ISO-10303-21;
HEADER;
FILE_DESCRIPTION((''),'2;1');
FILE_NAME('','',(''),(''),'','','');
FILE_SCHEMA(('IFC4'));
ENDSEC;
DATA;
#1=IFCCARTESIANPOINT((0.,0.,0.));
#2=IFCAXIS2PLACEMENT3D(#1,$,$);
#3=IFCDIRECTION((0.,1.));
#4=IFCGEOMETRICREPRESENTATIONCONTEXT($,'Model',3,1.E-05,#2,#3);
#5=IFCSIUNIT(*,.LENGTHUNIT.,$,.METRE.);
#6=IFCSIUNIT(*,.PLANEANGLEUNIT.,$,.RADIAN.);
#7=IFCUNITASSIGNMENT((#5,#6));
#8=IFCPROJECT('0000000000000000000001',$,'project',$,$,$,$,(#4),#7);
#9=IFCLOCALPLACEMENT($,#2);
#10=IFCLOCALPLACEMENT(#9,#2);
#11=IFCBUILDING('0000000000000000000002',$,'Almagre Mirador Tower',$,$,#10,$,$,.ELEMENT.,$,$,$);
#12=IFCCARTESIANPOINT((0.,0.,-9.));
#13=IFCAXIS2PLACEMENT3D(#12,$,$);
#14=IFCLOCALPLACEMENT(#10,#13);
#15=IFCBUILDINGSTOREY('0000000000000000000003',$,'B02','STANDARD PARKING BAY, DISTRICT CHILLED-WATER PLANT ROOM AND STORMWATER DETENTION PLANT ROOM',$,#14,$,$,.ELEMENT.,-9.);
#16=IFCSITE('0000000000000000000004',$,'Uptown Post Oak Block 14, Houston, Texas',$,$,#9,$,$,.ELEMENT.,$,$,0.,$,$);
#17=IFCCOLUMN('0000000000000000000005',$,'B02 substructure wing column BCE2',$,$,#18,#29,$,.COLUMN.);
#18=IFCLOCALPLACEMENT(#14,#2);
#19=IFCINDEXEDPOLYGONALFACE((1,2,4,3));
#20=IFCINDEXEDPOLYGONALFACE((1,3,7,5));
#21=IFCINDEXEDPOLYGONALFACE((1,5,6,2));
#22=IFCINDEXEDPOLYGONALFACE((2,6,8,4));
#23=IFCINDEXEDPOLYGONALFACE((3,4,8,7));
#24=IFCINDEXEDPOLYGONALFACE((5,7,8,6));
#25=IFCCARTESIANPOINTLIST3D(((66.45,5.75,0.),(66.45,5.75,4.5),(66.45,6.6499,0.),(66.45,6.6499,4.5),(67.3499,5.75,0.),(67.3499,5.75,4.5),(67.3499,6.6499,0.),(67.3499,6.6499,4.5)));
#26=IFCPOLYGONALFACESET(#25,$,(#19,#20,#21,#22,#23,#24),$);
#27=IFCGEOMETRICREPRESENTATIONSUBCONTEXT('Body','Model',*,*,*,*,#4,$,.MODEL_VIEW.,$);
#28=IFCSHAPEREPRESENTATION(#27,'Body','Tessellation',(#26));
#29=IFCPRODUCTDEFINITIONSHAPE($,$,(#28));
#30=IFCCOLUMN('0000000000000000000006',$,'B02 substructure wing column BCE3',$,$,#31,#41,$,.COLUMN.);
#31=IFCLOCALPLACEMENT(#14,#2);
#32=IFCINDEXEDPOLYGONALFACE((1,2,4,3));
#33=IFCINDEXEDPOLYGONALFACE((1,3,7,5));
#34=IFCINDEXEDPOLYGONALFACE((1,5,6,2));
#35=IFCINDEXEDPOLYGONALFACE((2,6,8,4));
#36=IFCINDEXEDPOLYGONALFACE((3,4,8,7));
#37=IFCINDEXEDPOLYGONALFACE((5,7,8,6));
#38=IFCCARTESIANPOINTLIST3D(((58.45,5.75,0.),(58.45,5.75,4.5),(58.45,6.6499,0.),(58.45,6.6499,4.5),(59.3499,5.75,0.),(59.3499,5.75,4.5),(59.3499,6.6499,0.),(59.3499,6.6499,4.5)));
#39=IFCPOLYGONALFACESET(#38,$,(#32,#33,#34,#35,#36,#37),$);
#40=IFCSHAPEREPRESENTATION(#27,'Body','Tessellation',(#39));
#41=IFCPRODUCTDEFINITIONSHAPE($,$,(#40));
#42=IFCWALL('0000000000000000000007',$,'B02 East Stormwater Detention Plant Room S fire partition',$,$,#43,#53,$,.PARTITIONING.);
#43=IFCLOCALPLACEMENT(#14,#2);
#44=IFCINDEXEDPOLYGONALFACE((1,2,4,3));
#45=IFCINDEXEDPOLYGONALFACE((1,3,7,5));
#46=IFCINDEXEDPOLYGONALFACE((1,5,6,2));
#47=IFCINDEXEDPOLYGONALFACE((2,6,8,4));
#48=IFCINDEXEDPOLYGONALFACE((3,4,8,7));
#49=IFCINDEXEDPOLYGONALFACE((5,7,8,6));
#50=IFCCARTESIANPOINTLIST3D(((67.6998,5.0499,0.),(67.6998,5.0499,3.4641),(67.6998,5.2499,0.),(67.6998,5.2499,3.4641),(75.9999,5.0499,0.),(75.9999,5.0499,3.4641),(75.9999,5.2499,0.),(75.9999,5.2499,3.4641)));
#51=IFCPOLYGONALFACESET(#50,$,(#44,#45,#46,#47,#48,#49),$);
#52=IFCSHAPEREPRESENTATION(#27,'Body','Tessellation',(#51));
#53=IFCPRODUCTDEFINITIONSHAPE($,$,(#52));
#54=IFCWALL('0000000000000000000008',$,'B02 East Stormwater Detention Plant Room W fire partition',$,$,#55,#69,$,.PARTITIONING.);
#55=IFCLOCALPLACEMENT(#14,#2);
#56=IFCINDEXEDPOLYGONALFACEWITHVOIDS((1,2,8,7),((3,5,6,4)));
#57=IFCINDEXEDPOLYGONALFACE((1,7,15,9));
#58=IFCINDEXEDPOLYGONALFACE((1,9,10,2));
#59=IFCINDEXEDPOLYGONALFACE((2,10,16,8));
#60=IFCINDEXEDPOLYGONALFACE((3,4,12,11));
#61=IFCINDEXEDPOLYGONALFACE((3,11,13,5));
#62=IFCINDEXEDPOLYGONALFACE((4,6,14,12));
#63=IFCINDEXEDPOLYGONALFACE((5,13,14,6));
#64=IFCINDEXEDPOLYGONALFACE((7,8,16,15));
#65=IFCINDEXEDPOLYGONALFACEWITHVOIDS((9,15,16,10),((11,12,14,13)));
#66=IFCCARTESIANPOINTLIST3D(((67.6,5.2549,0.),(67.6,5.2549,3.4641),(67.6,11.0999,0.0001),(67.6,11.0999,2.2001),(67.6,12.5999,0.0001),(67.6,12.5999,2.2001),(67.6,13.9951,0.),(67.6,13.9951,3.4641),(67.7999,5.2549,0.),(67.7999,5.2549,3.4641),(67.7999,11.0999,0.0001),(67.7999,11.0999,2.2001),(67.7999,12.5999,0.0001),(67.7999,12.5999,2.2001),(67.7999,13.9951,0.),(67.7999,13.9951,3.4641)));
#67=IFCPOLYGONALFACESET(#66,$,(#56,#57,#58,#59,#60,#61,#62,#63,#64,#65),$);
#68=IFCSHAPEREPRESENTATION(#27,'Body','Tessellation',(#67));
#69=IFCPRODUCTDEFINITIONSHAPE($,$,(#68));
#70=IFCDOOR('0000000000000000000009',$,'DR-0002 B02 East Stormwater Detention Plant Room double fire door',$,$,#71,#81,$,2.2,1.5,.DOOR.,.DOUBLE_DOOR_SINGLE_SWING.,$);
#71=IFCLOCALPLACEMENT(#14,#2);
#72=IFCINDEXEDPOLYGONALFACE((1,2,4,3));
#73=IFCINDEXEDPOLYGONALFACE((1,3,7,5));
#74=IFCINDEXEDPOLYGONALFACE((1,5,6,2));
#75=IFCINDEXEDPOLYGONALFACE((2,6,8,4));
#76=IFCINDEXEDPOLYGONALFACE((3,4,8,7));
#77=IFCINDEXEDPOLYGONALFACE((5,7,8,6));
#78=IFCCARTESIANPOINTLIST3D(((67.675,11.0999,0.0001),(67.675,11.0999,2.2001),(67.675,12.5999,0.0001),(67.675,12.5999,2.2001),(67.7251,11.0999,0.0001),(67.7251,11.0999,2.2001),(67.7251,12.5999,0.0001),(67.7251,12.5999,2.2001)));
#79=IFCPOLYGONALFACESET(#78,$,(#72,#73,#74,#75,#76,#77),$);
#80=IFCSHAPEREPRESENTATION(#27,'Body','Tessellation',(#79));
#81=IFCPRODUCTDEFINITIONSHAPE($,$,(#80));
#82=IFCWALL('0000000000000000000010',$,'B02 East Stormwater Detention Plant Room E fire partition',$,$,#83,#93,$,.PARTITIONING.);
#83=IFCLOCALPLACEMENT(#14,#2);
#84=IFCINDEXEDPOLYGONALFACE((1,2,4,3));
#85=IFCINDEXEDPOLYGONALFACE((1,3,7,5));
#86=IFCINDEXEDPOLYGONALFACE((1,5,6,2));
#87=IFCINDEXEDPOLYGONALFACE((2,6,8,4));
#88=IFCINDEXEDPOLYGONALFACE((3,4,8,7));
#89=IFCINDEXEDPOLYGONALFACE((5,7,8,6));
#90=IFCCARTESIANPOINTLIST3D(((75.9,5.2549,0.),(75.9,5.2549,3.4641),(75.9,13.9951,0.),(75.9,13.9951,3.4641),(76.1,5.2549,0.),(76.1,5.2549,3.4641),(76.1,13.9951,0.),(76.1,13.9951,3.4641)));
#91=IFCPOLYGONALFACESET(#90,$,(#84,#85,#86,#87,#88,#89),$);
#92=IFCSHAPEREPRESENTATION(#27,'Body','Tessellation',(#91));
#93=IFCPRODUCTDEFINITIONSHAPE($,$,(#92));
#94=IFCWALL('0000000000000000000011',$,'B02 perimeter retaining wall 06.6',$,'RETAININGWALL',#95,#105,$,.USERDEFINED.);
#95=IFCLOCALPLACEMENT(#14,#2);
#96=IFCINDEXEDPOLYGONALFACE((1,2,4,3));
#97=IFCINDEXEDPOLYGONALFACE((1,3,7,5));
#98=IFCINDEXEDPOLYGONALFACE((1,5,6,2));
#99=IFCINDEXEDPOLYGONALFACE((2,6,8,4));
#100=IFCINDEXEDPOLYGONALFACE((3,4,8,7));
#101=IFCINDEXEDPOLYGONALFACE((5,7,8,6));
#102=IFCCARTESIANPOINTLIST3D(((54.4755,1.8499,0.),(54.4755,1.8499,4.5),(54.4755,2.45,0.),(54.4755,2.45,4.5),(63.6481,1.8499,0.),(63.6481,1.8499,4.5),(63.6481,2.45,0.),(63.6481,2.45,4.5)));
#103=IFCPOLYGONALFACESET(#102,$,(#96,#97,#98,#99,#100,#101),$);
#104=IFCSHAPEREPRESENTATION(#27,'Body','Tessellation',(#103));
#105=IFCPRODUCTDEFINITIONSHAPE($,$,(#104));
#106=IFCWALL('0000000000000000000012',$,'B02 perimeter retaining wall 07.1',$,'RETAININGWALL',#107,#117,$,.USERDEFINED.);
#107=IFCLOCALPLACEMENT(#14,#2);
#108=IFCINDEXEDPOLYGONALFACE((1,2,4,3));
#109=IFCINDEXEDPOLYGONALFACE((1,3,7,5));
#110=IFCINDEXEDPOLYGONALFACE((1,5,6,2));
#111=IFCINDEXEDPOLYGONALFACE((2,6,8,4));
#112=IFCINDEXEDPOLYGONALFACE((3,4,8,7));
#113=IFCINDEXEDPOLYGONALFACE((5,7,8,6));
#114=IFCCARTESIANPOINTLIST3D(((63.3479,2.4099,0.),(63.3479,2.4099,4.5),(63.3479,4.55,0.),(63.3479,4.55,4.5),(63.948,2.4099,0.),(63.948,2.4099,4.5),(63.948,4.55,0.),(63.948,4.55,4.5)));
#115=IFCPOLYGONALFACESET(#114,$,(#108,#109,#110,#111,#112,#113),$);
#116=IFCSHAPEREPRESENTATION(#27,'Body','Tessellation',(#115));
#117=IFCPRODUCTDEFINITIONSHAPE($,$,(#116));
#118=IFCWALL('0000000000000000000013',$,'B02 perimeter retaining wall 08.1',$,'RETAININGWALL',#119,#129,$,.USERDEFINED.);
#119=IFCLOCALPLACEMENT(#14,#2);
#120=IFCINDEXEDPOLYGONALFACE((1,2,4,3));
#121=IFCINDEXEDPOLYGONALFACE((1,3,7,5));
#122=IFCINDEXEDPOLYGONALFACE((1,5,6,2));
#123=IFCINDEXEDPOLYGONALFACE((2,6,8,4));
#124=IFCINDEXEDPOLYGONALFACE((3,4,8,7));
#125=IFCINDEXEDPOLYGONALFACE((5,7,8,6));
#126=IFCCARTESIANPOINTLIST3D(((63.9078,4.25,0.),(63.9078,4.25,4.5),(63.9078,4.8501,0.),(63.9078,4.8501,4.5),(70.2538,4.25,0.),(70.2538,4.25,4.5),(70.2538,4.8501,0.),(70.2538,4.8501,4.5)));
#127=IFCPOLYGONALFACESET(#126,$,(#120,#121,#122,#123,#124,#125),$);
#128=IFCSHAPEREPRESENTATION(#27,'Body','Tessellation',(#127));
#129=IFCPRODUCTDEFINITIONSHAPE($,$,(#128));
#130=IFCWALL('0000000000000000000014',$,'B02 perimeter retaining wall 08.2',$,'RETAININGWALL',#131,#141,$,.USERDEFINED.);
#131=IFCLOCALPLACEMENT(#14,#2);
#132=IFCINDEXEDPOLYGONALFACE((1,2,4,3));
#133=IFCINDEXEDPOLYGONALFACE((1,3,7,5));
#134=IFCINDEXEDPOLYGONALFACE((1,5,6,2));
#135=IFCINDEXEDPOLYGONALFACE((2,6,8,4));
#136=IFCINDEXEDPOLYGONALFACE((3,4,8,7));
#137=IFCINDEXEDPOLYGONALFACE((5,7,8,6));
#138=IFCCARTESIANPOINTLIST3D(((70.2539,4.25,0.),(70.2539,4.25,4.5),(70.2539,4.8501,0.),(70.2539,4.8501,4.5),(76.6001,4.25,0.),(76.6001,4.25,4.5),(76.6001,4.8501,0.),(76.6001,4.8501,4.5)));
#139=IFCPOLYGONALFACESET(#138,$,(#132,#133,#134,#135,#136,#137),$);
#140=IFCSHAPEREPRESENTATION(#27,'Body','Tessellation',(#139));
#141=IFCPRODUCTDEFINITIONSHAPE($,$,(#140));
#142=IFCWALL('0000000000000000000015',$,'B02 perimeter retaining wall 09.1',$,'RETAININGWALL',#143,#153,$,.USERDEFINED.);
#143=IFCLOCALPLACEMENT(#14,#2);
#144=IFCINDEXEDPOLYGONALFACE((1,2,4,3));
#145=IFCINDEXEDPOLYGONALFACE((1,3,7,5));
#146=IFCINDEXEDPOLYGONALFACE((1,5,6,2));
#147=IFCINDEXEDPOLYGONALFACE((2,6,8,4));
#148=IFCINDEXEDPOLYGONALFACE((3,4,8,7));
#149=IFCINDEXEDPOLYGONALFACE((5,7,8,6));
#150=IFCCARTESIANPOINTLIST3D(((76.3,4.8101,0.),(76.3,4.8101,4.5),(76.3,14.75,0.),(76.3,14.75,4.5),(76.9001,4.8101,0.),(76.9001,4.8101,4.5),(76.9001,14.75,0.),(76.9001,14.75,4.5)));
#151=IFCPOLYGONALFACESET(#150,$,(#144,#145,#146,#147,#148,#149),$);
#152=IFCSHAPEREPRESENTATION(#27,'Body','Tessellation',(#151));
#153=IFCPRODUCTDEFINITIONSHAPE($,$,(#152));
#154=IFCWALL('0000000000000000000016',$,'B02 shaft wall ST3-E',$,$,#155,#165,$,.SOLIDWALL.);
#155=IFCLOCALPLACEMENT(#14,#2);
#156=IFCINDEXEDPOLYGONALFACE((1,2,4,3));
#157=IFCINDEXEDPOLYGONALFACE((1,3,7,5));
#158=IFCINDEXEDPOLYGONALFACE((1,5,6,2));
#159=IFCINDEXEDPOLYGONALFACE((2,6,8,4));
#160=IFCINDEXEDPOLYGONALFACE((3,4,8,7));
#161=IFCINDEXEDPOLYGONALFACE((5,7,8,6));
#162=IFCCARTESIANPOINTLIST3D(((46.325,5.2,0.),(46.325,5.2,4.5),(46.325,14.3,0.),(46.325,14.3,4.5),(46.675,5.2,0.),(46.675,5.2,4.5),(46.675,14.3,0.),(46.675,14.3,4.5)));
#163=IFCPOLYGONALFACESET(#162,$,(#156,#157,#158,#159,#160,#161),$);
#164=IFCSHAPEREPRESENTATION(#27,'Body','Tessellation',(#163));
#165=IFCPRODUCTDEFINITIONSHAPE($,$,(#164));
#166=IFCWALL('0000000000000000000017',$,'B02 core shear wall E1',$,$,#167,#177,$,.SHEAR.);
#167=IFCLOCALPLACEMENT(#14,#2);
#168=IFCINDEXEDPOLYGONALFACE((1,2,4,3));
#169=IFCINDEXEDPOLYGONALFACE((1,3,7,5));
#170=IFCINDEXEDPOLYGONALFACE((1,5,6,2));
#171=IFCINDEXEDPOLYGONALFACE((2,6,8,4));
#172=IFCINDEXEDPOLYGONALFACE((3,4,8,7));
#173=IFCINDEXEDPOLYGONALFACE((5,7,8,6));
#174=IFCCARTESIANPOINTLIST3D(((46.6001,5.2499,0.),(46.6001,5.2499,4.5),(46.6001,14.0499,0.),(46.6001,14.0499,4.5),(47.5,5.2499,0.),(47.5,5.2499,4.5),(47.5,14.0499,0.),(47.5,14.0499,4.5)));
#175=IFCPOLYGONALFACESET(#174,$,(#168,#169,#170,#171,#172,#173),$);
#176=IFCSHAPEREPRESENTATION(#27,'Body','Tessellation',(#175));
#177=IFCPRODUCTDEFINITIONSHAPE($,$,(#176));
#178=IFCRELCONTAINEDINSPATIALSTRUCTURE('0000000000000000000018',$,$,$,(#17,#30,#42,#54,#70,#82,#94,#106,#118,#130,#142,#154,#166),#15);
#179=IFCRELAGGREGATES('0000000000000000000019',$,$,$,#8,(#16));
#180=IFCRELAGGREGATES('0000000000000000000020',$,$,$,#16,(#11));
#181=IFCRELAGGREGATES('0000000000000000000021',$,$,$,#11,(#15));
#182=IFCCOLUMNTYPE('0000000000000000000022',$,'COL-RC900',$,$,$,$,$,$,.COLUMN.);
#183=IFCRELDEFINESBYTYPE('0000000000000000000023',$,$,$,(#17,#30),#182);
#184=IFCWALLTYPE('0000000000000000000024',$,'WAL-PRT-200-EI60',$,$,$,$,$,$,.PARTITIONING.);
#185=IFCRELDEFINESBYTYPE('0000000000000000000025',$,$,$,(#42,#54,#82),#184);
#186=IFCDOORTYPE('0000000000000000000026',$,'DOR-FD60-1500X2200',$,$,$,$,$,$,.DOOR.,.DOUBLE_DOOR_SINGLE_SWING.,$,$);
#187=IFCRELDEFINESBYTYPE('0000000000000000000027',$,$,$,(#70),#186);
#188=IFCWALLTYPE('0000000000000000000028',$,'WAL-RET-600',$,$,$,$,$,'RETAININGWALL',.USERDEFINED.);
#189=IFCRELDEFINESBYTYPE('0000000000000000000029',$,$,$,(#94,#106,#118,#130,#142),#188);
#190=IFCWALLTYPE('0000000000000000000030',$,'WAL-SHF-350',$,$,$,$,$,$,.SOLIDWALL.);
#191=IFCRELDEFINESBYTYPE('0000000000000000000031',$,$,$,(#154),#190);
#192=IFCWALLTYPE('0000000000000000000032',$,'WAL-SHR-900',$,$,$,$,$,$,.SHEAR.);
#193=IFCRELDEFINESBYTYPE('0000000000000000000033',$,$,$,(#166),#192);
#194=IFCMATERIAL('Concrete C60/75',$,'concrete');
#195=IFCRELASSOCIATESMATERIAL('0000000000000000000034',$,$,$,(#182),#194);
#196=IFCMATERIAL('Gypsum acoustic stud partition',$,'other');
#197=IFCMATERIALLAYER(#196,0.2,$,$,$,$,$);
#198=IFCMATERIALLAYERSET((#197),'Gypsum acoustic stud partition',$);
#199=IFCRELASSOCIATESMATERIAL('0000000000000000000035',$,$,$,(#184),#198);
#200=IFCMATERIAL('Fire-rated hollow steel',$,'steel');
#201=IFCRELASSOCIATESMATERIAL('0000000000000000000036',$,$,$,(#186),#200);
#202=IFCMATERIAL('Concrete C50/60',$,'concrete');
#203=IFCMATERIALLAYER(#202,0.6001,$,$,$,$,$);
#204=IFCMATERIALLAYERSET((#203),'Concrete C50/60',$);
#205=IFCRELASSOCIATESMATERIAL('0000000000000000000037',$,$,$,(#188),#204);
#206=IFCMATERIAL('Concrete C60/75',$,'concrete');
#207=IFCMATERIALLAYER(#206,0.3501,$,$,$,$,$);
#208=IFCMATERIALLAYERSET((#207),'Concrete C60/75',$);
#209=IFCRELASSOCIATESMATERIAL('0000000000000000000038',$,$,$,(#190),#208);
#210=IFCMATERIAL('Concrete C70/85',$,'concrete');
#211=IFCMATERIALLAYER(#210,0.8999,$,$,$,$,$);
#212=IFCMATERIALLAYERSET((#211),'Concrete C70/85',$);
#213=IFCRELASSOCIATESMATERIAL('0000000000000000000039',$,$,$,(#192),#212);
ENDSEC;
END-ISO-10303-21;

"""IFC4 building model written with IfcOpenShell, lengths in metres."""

from ifc_helpers import new_model, si_unit, direction, frame, frame_2d, origin, origin_2d, place, context, subcontext, project, spatial, rectangle, extrude, material, layer, layer_set, material_profile, profile_set, type_object, element, fill, save


model = new_model("IFC4")

# Units and contexts
model_context = context("Model", 3, precision=1e-05, world=origin(), true_north=direction((0.0, 1.0)))
body_context = subcontext(model_context, "Body", "Model", "MODEL_VIEW")
ifc_project = project(units=[si_unit("LENGTHUNIT", "METRE"), si_unit("PLANEANGLEUNIT", "RADIAN")], contexts=[model_context])

# Site, building, storey
site_placement = place(None, origin())
site = spatial("IfcSite", under=ifc_project, at=site_placement, Name="Uptown Post Oak Block 14, Houston, Texas", CompositionType="ELEMENT", RefElevation=0.0)
building_placement = place(site_placement, origin())
building = spatial("IfcBuilding", under=site, at=building_placement, Name="Almagre Mirador Tower", CompositionType="ELEMENT")
storey_placement = place(building_placement, frame((0.0, 0.0, -9.0)))
storey = spatial("IfcBuildingStorey", under=building, at=storey_placement, Name="B02", Description="STANDARD PARKING BAY, DISTRICT CHILLED-WATER PLANT ROOM AND STORMWATER DETENTION PLANT ROOM", CompositionType="ELEMENT", Elevation=-9.0)

# Columns
ifc_material_1 = material(Name="Concrete C60/75", Category="concrete")
ifc_material_profile_1 = material_profile(ifc_material_1, rectangle(XDim=0.8999, YDim=0.8999, at=origin_2d()), Name="RC900X900")
ifc_profile_set_1 = profile_set([ifc_material_profile_1], Name="Concrete C60/75")
column_type_1 = type_object("IfcColumnType", Name="COL-RC900", PredefinedType="COLUMN", material=ifc_profile_set_1)
for number, where, z_axis, x_axis, name in (
    (1, (66.8999, 6.2, 0.0), (0.0, 0.0, 1.0), (1.0, 0.0, 0.0), "B02 substructure wing column BCE2"),
    (2, (58.8999, 6.2, 0.0), (0.0, 0.0, 1.0), (1.0, 0.0, 0.0), "B02 substructure wing column BCE3"),
):
    element("IfcColumn", number, at=place(storey_placement, frame(where, z_axis=z_axis, x_axis=x_axis)), inside=storey, type_object=column_type_1, Name=name, PredefinedType="COLUMN", context=body_context, shape_type="SweptSolid", body=[
        extrude(rectangle(XDim=0.8999, YDim=0.8999, at=origin_2d()), origin(), (0.0, 0.0, 1.0), 4.5),
    ])

# Wall
ifc_material_2 = material(Name="Gypsum acoustic stud partition", Category="other")
ifc_layer_1 = layer(ifc_material_2, 0.2)
ifc_layer_set_1 = layer_set([ifc_layer_1], Name="Gypsum acoustic stud partition")
wall_type_1 = type_object("IfcWallType", Name="WAL-PRT-200-EI60", PredefinedType="PARTITIONING", material=ifc_layer_set_1)
wall_1_placement = place(storey_placement, frame((67.7, 5.1499, 0.0), z_axis=(0.0, 0.0, 1.0), x_axis=(1.0, 0.0, 0.0)))
element("IfcWall", 3, at=wall_1_placement, inside=storey, type_object=wall_type_1, Name="B02 East Stormwater Detention Plant Room S fire partition", PredefinedType="PARTITIONING", context=body_context, shape_type="SweptSolid", body=[
    extrude(rectangle(XDim=8.3, YDim=0.2, at=frame_2d((4.1499, 0.0))), origin(), (0.0, 0.0, 1.0), 3.4641),
])

# Wall, opening, door
wall_2_placement = place(storey_placement, frame((67.7, 5.2549, 0.0), z_axis=(0.0, 0.0, 1.0), x_axis=(0.0, 1.0, 0.0)))
wall_2 = element("IfcWall", 4, at=wall_2_placement, inside=storey, type_object=wall_type_1, Name="B02 East Stormwater Detention Plant Room W fire partition", PredefinedType="PARTITIONING", context=body_context, shape_type="SweptSolid", body=[
    extrude(rectangle(XDim=8.7402, YDim=0.2, at=frame_2d((4.3701, 0.0))), origin(), (0.0, 0.0, 1.0), 3.4641),
])
opening_placement = place(wall_2_placement, frame((5.845, 0.0, 0.0)))
opening = element("IfcOpeningElement", 5, at=opening_placement, cuts=wall_2, PredefinedType="OPENING", context=body_context, shape_type="SweptSolid", body=[
    extrude(rectangle(XDim=1.5, YDim=2.2, at=frame_2d((0.75, 1.1001))), frame((0.0, 0.1101, 0.0), z_axis=(0.0, -1.0, 0.0), x_axis=(1.0, 0.0, 0.0)), (0.0, 0.0, 1.0), 0.22),
])
ifc_material_3 = material(Name="Fire-rated hollow steel", Category="steel")
door_type = type_object("IfcDoorType", Name="DOR-FD60-1500X2200", OperationType="DOUBLE_DOOR_SINGLE_SWING", PredefinedType="DOOR", material=ifc_material_3)
door_placement = place(opening_placement, origin())
door = element("IfcDoor", 6, at=door_placement, inside=storey, type_object=door_type, Name="DR-0002 B02 East Stormwater Detention Plant Room double fire door", OperationType="DOUBLE_DOOR_SINGLE_SWING", OverallHeight=2.2, OverallWidth=1.5, PredefinedType="DOOR", context=body_context, shape_type="SweptSolid", body=[
    extrude(rectangle(XDim=1.5, YDim=2.2, at=frame_2d((0.75, 1.1001))), frame((0.0, 0.0249, 0.0), z_axis=(0.0, -1.0, 0.0), x_axis=(1.0, 0.0, 0.0)), (0.0, 0.0, 1.0), 0.05),
])
fill(opening, door)

# Walls
wall_3_placement = place(storey_placement, frame((76.0, 5.2549, 0.0), z_axis=(0.0, 0.0, 1.0), x_axis=(0.0, 1.0, 0.0)))
element("IfcWall", 7, at=wall_3_placement, inside=storey, type_object=wall_type_1, Name="B02 East Stormwater Detention Plant Room E fire partition", PredefinedType="PARTITIONING", context=body_context, shape_type="SweptSolid", body=[
    extrude(rectangle(XDim=8.7402, YDim=0.2, at=frame_2d((4.3701, 0.0))), origin(), (0.0, 0.0, 1.0), 3.4641),
])
ifc_material_4 = material(Name="Concrete C50/60", Category="concrete")
ifc_layer_2 = layer(ifc_material_4, 0.6001)
ifc_layer_set_2 = layer_set([ifc_layer_2], Name="Concrete C50/60")
wall_type_2 = type_object("IfcWallType", Name="WAL-RET-600", ElementType="RETAININGWALL", PredefinedType="USERDEFINED", material=ifc_layer_set_2)
wall_4_placement = place(storey_placement, frame((54.4753, 2.1499, 0.0), z_axis=(0.0, 0.0, 1.0), x_axis=(1.0, 0.0, 0.0)))
element("IfcWall", 8, at=wall_4_placement, inside=storey, type_object=wall_type_2, Name="B02 perimeter retaining wall 06.6", ObjectType="RETAININGWALL", PredefinedType="USERDEFINED", context=body_context, shape_type="SweptSolid", body=[
    extrude(rectangle(XDim=9.1726, YDim=0.6001, at=frame_2d((4.5864, 0.0))), origin(), (0.0, 0.0, 1.0), 4.5),
])
wall_5_placement = place(storey_placement, frame((63.6479, 2.4099, 0.0), z_axis=(0.0, 0.0, 1.0), x_axis=(0.0, 1.0, 0.0)))
element("IfcWall", 9, at=wall_5_placement, inside=storey, type_object=wall_type_2, Name="B02 perimeter retaining wall 07.1", ObjectType="RETAININGWALL", PredefinedType="USERDEFINED", context=body_context, shape_type="SweptSolid", body=[
    extrude(rectangle(XDim=2.1401, YDim=0.6001, at=frame_2d((1.0701, 0.0))), origin(), (0.0, 0.0, 1.0), 4.5),
])
wall_6_placement = place(storey_placement, frame((63.908, 4.55, 0.0), z_axis=(0.0, 0.0, 1.0), x_axis=(1.0, 0.0, 0.0)))
element("IfcWall", 10, at=wall_6_placement, inside=storey, type_object=wall_type_2, Name="B02 perimeter retaining wall 08.1", ObjectType="RETAININGWALL", PredefinedType="USERDEFINED", context=body_context, shape_type="SweptSolid", body=[
    extrude(rectangle(XDim=6.3459, YDim=0.6001, at=frame_2d((3.1729, 0.0))), origin(), (0.0, 0.0, 1.0), 4.5),
])
wall_7_placement = place(storey_placement, frame((70.2539, 4.55, 0.0), z_axis=(0.0, 0.0, 1.0), x_axis=(1.0, 0.0, 0.0)))
element("IfcWall", 11, at=wall_7_placement, inside=storey, type_object=wall_type_2, Name="B02 perimeter retaining wall 08.2", ObjectType="RETAININGWALL", PredefinedType="USERDEFINED", context=body_context, shape_type="SweptSolid", body=[
    extrude(rectangle(XDim=6.3462, YDim=0.6001, at=frame_2d((3.1731, 0.0))), origin(), (0.0, 0.0, 1.0), 4.5),
])
wall_8_placement = place(storey_placement, frame((76.6001, 4.8101, 0.0), z_axis=(0.0, 0.0, 1.0), x_axis=(0.0, 1.0, 0.0)))
element("IfcWall", 12, at=wall_8_placement, inside=storey, type_object=wall_type_2, Name="B02 perimeter retaining wall 09.1", ObjectType="RETAININGWALL", PredefinedType="USERDEFINED", context=body_context, shape_type="SweptSolid", body=[
    extrude(rectangle(XDim=9.9399, YDim=0.6001, at=frame_2d((4.97, 0.0))), origin(), (0.0, 0.0, 1.0), 4.5),
])
ifc_material_5 = material(Name="Concrete C60/75", Category="concrete")
ifc_layer_3 = layer(ifc_material_5, 0.3501)
ifc_layer_set_3 = layer_set([ifc_layer_3], Name="Concrete C60/75")
wall_type_3 = type_object("IfcWallType", Name="WAL-SHF-350", PredefinedType="SOLIDWALL", material=ifc_layer_set_3)
wall_9_placement = place(storey_placement, frame((46.5, 5.2, 0.0), z_axis=(0.0, 0.0, 1.0), x_axis=(0.0, 1.0, 0.0)))
element("IfcWall", 13, at=wall_9_placement, inside=storey, type_object=wall_type_3, Name="B02 shaft wall ST3-E", PredefinedType="SOLIDWALL", context=body_context, shape_type="SweptSolid", body=[
    extrude(rectangle(XDim=9.1001, YDim=0.3501, at=frame_2d((4.55, 0.0))), origin(), (0.0, 0.0, 1.0), 4.5),
])
ifc_material_6 = material(Name="Concrete C70/85", Category="concrete")
ifc_layer_4 = layer(ifc_material_6, 0.8999)
ifc_layer_set_4 = layer_set([ifc_layer_4], Name="Concrete C70/85")
wall_type_4 = type_object("IfcWallType", Name="WAL-SHR-900", PredefinedType="SHEAR", material=ifc_layer_set_4)
wall_10_placement = place(storey_placement, frame((47.05, 5.25, 0.0), z_axis=(0.0, 0.0, 1.0), x_axis=(0.0, 1.0, 0.0)))
element("IfcWall", 14, at=wall_10_placement, inside=storey, type_object=wall_type_4, Name="B02 core shear wall E1", PredefinedType="SHEAR", context=body_context, shape_type="SweptSolid", body=[
    extrude(rectangle(XDim=8.8, YDim=0.8999, at=frame_2d((4.3999, 0.0))), origin(), (0.0, 0.0, 1.0), 4.5),
])

save(model, "model.ifc")
